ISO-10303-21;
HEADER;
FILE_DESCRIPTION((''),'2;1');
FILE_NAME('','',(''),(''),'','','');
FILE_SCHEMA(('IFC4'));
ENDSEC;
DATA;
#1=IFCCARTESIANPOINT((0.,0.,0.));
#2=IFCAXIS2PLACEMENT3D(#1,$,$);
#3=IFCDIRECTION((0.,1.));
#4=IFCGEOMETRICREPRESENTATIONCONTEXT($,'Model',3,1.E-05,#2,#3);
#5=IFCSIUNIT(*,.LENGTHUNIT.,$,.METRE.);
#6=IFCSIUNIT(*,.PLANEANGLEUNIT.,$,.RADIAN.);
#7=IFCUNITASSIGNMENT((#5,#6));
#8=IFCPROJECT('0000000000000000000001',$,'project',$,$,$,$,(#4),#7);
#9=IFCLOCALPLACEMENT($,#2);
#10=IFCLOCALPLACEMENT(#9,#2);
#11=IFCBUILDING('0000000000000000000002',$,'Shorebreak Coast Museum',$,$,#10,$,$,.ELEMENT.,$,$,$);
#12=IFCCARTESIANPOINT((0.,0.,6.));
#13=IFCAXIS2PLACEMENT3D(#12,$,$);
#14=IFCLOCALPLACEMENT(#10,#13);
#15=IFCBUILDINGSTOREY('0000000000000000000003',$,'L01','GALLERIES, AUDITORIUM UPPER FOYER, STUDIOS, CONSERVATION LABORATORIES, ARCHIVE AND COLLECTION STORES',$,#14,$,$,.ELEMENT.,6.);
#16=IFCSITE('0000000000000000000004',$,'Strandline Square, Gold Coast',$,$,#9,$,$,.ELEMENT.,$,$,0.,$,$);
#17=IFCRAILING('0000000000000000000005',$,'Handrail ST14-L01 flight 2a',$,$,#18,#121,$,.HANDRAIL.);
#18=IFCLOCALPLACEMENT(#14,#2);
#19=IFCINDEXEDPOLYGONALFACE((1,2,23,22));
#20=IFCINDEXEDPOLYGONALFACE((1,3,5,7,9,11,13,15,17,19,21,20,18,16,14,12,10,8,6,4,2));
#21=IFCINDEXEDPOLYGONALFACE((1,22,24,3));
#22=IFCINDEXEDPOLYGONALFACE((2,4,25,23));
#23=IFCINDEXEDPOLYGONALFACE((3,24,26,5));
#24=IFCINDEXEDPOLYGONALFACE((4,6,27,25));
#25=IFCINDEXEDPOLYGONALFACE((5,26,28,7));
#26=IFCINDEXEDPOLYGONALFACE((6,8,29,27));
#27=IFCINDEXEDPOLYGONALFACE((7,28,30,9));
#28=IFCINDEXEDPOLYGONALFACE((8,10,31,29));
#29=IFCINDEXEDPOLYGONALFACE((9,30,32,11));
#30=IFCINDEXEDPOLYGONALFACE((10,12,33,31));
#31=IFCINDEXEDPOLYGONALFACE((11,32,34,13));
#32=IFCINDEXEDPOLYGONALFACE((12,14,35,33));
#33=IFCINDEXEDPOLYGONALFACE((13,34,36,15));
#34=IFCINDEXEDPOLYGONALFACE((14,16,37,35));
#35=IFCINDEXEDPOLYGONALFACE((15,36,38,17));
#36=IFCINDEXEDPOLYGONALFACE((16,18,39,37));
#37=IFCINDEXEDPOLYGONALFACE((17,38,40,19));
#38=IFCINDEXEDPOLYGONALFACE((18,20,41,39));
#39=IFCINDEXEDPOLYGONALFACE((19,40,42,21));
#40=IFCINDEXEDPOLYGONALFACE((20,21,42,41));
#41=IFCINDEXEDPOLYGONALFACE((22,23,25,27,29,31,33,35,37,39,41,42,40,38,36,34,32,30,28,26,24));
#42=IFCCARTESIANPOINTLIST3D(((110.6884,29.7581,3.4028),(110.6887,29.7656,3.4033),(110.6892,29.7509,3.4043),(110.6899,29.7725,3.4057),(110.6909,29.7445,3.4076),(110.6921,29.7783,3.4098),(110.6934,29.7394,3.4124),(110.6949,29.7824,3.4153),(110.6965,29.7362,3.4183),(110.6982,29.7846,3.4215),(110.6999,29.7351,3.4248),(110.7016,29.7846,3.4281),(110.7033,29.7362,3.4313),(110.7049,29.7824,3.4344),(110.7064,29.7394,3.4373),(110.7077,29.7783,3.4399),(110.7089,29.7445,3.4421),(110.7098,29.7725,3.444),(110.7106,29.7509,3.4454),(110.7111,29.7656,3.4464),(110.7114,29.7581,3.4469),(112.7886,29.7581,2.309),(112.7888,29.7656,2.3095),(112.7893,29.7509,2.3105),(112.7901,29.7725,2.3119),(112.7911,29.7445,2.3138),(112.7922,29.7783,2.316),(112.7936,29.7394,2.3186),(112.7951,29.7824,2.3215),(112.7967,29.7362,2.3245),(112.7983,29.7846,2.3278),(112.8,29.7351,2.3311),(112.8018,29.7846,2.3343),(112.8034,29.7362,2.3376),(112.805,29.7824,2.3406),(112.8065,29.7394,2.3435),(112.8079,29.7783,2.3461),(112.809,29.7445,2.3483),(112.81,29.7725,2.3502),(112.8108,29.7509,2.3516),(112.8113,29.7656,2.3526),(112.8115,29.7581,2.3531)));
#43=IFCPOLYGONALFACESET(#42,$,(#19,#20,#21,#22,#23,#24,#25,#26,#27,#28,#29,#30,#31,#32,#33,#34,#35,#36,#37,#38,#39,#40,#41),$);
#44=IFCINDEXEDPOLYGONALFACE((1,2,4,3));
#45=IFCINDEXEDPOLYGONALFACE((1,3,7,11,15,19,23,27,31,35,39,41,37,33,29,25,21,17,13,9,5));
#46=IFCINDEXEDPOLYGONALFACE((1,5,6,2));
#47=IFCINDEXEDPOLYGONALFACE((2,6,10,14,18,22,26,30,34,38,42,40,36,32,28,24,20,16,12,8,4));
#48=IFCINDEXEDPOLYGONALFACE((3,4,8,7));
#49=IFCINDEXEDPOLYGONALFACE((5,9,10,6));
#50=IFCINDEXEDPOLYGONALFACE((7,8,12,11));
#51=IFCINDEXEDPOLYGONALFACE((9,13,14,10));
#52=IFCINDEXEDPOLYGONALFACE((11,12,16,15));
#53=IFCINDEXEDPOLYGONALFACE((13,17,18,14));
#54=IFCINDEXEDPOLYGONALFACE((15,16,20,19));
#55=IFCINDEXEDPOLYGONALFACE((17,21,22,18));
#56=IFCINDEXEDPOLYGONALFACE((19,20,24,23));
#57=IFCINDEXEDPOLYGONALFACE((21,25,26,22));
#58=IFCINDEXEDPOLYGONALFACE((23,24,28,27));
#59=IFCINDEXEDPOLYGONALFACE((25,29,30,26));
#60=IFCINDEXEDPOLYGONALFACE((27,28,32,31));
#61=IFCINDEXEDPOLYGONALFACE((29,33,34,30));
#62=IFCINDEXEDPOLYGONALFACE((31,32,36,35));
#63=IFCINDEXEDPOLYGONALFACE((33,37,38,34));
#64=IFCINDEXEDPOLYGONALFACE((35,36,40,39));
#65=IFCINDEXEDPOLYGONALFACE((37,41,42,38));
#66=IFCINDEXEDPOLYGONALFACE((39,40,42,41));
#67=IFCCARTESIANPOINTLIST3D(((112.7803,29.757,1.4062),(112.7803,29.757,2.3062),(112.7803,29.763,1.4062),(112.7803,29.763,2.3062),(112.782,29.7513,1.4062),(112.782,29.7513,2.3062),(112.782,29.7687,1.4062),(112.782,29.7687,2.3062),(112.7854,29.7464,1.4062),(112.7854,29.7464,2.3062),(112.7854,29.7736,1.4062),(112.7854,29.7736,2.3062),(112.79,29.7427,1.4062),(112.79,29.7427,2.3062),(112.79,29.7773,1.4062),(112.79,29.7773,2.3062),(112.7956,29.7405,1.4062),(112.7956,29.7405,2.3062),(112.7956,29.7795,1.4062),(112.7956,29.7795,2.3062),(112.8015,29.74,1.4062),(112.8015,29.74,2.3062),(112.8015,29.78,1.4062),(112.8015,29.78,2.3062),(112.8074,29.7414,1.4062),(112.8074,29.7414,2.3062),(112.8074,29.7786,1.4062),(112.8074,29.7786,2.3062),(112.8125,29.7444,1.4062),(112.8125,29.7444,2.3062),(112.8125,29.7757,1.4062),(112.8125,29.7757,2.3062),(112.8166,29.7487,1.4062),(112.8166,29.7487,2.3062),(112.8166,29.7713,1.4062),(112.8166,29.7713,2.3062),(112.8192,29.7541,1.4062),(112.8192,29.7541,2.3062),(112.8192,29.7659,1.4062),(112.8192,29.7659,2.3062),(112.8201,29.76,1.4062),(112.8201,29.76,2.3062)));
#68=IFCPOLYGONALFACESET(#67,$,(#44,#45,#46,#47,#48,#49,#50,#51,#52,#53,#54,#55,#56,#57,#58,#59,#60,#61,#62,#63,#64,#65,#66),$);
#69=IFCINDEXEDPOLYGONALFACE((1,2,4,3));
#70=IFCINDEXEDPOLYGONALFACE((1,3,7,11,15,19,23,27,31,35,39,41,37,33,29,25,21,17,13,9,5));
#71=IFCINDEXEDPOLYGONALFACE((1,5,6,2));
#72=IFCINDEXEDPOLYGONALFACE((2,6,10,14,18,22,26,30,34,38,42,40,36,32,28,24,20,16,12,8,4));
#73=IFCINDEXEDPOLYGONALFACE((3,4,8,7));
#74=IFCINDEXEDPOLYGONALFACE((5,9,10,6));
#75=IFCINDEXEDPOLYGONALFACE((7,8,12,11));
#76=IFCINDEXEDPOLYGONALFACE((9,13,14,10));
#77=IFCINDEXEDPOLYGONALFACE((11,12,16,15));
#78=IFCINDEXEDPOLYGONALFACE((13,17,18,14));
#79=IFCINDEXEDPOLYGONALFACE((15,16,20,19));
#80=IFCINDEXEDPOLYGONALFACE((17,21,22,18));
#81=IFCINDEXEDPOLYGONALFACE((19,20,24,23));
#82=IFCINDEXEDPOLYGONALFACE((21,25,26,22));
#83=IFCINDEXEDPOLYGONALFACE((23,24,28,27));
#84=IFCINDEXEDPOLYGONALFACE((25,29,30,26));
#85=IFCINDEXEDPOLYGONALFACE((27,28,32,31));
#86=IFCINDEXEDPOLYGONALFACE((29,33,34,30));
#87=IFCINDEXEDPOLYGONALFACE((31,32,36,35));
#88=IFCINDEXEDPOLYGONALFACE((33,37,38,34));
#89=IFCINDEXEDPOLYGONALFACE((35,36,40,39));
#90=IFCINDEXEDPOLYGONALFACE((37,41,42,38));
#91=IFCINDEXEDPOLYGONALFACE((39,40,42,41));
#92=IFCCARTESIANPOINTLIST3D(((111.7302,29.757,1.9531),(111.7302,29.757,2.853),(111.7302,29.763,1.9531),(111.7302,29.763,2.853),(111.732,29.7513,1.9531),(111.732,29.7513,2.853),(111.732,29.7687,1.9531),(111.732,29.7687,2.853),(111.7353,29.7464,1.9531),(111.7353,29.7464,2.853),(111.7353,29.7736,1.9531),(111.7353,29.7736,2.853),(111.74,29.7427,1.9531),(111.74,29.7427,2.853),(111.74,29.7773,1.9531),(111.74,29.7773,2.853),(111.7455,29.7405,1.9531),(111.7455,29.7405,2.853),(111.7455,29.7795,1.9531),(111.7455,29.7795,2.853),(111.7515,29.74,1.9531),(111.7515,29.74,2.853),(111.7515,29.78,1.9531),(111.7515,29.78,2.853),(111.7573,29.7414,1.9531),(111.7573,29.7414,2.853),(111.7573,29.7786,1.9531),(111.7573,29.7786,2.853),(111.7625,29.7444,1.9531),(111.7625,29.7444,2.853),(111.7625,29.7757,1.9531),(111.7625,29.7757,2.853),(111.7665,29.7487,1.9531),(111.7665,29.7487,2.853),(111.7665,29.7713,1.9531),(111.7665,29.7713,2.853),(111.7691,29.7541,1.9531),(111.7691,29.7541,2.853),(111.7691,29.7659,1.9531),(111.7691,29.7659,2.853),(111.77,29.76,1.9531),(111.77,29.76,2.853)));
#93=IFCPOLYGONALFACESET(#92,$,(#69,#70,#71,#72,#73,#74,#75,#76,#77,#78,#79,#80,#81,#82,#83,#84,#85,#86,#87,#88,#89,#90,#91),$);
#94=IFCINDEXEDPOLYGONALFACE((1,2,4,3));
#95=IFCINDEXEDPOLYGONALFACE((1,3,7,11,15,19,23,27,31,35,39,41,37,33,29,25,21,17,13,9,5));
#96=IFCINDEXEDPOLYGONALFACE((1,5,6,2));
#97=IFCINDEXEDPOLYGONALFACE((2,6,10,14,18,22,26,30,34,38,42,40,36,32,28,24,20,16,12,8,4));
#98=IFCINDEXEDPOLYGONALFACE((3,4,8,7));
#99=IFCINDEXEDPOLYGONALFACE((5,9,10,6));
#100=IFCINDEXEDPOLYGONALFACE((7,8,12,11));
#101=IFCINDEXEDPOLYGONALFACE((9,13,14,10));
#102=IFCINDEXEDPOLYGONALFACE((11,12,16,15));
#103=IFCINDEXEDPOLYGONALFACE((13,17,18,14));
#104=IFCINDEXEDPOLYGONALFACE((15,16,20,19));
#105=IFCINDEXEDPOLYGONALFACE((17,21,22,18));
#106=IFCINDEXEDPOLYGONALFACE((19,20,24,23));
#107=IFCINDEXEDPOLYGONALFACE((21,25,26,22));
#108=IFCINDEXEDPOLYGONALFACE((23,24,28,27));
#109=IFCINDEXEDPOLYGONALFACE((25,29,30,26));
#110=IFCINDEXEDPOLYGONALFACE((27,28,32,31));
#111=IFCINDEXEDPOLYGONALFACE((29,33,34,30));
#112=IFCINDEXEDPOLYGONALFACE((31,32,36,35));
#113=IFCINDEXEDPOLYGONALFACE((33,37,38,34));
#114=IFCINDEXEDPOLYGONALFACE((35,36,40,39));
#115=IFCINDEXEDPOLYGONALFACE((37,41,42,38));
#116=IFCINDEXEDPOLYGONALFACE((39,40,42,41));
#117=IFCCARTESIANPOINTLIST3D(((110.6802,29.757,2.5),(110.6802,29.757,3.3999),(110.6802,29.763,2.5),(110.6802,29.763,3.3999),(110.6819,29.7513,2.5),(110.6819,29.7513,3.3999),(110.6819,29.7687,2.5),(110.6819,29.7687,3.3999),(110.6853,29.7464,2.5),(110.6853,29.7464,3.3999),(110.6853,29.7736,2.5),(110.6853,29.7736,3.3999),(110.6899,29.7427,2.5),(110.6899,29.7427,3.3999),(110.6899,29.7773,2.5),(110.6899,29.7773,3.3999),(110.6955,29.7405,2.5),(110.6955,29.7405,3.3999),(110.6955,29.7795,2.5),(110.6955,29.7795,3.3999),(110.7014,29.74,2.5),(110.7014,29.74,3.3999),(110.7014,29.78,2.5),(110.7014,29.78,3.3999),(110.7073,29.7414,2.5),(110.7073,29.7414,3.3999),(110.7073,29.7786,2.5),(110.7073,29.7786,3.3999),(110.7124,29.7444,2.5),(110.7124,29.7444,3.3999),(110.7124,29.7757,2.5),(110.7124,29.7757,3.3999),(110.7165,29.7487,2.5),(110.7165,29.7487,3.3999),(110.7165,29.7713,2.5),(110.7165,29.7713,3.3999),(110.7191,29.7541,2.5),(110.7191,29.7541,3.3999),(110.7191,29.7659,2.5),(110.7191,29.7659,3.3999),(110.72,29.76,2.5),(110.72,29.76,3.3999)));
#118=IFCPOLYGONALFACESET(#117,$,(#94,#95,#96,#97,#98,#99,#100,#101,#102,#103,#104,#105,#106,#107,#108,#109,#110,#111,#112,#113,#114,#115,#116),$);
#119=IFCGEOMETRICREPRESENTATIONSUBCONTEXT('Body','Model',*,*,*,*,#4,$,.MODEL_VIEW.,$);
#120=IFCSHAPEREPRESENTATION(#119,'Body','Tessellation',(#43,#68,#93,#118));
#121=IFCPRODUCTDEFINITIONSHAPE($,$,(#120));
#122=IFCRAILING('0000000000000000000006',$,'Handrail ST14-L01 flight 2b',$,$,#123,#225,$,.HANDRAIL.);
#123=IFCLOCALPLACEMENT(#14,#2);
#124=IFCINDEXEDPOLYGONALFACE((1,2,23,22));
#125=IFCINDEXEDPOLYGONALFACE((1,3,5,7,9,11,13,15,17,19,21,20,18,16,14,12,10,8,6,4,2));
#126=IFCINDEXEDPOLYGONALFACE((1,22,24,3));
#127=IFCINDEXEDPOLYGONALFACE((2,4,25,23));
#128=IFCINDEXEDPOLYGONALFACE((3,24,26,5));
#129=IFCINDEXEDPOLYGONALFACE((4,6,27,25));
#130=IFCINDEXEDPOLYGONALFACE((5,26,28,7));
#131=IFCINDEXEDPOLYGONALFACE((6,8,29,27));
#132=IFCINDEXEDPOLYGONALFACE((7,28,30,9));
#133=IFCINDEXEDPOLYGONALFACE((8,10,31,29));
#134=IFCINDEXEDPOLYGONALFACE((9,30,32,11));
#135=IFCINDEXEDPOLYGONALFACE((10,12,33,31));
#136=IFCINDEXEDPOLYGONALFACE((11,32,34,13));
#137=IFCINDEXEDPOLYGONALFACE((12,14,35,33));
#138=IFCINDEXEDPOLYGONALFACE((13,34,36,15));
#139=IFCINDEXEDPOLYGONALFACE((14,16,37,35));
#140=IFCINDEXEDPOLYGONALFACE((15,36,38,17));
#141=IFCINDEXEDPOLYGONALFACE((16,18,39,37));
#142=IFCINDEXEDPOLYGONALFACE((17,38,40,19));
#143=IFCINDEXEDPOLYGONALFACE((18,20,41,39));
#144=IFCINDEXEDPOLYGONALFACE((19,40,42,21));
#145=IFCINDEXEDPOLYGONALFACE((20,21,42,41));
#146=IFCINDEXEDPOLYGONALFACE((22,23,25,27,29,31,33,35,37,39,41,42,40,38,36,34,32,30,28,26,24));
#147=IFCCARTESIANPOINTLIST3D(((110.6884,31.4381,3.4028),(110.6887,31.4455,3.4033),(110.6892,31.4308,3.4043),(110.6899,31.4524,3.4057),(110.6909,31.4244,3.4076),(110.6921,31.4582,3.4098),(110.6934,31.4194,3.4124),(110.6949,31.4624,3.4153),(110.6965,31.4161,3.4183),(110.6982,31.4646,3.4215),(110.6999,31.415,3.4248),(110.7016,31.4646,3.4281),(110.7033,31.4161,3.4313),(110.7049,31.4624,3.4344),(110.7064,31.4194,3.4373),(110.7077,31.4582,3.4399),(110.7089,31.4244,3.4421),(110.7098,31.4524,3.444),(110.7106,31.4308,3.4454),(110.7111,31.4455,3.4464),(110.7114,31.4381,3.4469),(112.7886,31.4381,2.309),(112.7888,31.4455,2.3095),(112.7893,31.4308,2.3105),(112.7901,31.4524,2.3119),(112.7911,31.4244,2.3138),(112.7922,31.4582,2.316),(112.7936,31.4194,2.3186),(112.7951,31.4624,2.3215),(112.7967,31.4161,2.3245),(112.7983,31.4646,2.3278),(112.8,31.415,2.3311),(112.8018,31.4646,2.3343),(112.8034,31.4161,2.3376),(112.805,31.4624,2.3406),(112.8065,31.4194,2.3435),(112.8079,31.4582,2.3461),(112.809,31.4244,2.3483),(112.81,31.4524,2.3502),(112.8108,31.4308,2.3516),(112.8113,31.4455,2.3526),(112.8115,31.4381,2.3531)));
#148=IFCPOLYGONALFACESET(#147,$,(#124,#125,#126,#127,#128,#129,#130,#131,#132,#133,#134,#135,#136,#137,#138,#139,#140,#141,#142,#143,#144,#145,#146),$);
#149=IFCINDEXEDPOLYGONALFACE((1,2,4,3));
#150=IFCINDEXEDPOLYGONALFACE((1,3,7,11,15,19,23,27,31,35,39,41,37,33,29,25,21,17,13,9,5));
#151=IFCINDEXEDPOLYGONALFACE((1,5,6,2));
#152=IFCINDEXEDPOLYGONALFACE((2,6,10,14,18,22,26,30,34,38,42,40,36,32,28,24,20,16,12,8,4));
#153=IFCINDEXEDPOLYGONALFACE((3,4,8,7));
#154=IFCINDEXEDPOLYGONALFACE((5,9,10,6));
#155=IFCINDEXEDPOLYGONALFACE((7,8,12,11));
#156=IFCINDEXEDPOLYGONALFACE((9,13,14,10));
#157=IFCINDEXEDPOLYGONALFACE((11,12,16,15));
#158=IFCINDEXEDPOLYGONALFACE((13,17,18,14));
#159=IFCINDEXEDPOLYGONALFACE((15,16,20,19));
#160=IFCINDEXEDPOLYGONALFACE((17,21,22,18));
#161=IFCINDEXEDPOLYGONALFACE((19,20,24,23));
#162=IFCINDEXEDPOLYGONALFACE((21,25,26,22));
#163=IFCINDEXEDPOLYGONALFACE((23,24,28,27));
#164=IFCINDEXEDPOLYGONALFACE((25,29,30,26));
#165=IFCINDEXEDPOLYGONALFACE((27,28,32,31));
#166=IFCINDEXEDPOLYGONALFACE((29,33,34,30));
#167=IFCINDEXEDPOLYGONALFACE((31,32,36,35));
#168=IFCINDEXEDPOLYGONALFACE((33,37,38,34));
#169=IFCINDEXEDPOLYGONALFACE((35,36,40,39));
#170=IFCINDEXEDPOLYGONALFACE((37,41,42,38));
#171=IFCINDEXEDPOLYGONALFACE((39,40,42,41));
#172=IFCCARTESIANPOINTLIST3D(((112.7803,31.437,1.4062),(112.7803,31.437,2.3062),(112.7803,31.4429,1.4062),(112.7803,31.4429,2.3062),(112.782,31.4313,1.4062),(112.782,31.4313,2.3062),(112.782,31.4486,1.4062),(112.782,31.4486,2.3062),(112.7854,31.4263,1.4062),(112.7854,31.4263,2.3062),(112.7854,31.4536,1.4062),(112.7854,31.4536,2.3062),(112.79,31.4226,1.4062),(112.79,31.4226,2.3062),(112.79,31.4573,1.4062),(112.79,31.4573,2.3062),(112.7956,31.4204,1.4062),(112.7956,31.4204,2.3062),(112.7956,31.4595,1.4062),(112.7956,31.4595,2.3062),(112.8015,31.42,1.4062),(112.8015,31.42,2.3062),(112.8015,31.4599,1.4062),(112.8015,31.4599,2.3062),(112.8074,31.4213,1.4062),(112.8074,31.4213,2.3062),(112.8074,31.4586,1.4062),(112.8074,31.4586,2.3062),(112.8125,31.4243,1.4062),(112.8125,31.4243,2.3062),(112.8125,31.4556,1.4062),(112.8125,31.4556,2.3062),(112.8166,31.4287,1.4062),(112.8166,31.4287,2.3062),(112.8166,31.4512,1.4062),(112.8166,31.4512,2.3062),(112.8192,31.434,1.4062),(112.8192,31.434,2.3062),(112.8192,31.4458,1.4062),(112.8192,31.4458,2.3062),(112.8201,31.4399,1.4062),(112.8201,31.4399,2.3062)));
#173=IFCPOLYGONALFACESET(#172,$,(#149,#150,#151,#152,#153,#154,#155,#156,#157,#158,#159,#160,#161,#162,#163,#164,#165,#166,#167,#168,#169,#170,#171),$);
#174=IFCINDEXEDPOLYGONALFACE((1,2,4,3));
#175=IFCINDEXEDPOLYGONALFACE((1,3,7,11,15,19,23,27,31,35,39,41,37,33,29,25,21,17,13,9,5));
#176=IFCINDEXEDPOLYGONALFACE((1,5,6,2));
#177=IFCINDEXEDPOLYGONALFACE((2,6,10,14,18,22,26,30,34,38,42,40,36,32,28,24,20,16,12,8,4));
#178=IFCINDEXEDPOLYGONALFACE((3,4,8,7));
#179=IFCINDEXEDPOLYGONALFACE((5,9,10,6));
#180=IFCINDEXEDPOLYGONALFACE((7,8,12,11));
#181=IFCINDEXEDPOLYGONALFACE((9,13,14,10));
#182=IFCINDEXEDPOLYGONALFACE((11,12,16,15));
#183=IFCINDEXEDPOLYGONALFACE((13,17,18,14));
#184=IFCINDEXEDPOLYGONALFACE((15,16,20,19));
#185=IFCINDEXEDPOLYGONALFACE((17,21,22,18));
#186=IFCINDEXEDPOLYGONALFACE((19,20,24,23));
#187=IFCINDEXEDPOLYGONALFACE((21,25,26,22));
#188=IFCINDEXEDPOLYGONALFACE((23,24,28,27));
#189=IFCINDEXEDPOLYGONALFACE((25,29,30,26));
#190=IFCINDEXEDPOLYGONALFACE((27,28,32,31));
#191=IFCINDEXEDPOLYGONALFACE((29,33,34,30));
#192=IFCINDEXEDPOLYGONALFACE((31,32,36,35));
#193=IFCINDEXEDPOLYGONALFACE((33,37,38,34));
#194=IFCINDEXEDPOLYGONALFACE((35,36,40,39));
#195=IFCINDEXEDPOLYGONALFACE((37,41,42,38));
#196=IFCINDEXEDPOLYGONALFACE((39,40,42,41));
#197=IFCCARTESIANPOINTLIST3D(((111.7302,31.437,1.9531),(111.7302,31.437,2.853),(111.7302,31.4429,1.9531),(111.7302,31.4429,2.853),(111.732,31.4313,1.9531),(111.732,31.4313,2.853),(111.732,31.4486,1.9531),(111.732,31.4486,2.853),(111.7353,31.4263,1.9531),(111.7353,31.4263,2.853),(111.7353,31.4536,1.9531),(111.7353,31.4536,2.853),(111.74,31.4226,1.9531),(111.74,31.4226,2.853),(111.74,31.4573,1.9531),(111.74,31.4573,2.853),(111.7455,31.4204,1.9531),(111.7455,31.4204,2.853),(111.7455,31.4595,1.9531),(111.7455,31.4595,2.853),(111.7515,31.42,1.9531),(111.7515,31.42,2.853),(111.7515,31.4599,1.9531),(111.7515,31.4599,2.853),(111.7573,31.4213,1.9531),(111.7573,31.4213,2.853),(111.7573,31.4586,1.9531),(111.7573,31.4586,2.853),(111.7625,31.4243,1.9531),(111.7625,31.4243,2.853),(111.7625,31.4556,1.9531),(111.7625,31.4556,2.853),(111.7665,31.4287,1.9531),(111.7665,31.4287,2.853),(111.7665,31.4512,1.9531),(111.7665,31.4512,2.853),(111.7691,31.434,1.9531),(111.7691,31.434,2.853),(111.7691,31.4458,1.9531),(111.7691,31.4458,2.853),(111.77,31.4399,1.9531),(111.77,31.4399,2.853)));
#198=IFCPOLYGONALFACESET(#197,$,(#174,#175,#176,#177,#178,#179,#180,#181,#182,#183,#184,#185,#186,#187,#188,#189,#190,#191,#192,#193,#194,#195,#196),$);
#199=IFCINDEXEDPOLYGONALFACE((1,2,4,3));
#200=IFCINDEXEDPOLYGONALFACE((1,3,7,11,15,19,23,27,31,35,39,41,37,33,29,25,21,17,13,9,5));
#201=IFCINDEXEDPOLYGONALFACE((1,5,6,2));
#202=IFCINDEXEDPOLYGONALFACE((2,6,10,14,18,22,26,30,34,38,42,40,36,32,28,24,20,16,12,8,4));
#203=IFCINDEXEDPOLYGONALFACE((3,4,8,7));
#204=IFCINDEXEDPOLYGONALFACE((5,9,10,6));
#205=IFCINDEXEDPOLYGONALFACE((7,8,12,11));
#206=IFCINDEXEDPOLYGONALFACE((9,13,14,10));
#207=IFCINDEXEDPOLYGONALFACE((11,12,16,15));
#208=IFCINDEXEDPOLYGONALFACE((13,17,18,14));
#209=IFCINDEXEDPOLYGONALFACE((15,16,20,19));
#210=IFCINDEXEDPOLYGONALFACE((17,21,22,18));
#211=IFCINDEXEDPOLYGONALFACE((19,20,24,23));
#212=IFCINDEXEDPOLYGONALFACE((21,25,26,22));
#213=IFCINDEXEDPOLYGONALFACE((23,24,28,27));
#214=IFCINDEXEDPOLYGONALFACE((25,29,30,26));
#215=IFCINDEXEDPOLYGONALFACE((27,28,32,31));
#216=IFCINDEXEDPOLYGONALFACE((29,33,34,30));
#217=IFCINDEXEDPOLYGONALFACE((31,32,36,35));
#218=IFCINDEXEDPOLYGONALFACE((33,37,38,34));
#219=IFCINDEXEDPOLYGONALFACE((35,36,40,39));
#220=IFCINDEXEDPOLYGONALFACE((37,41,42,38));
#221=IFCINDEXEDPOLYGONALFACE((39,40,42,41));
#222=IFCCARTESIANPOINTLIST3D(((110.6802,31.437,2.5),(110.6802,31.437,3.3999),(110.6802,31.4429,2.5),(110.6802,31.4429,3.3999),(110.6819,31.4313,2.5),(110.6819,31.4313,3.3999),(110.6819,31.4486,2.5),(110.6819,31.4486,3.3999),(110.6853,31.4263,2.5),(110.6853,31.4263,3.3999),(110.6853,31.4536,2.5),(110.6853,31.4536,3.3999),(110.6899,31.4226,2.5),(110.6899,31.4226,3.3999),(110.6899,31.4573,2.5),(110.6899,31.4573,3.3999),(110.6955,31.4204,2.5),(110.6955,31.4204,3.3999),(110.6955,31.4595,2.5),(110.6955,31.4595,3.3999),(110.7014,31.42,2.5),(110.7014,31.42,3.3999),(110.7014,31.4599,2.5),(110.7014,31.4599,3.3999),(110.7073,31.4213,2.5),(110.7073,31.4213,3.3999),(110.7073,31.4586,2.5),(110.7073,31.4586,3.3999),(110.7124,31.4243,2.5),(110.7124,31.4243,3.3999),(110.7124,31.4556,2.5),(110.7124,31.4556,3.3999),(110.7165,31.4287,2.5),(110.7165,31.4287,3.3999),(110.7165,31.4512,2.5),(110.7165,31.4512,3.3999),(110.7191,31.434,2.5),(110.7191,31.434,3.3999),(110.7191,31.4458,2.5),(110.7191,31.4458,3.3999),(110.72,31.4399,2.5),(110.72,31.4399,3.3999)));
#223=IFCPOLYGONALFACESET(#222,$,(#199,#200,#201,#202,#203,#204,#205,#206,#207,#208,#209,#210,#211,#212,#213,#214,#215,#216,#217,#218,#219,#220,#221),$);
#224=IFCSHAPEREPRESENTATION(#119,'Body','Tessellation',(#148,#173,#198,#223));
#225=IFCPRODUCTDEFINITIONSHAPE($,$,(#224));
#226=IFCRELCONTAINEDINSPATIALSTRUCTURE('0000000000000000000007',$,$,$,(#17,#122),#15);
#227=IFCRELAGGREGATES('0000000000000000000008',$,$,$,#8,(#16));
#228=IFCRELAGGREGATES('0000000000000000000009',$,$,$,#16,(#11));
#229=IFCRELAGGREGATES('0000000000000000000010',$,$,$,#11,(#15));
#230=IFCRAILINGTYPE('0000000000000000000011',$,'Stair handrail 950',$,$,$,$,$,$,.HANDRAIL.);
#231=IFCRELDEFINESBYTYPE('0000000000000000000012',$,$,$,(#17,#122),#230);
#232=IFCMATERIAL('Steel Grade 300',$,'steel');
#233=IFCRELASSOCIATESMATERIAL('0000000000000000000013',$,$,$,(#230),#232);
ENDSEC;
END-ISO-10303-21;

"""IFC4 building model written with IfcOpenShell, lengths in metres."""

from ifc_helpers import new_model, si_unit, direction, frame, origin, origin_2d, place, context, subcontext, project, spatial, circle, extrude, material, type_object, element, save


model = new_model("IFC4")

# Units and contexts
model_context = context("Model", 3, precision=1e-05, world=origin(), true_north=direction((0.0, 1.0)))
body_context = subcontext(model_context, "Body", "Model", "MODEL_VIEW")
ifc_project = project(units=[si_unit("LENGTHUNIT", "METRE"), si_unit("PLANEANGLEUNIT", "RADIAN")], contexts=[model_context])

# Site, building, storey
site_placement = place(None, origin())
site = spatial("IfcSite", under=ifc_project, at=site_placement, Name="Strandline Square, Gold Coast", CompositionType="ELEMENT", RefElevation=0.0)
building_placement = place(site_placement, origin())
building = spatial("IfcBuilding", under=site, at=building_placement, Name="Shorebreak Coast Museum", CompositionType="ELEMENT")
storey_placement = place(building_placement, frame((0.0, 0.0, 6.0)))
storey = spatial("IfcBuildingStorey", under=building, at=storey_placement, Name="L01", Description="GALLERIES, AUDITORIUM UPPER FOYER, STUDIOS, CONSERVATION LABORATORIES, ARCHIVE AND COLLECTION STORES", CompositionType="ELEMENT", Elevation=6.0)

# Railings
ifc_material_1 = material(Name="Steel Grade 300", Category="steel")
railing_type_1 = type_object("IfcRailingType", Name="Stair handrail 950", PredefinedType="HANDRAIL", material=ifc_material_1)
for number, where, name in (
    (1, (112.8, 29.76, 1.4062), "Handrail ST14-L01 flight 2a"),
    (2, (112.8, 31.4399, 1.4062), "Handrail ST14-L01 flight 2b"),
):
    element("IfcRailing", number, at=place(storey_placement, frame(where)), inside=storey, type_object=railing_type_1, Name=name, PredefinedType="HANDRAIL", context=body_context, shape_type="SweptSolid", body=[
        extrude(circle(Radius=0.0249, at=origin_2d()), frame((0.0, 0.0, 0.9248), z_axis=(-0.886923, 0.0, 0.461918), x_axis=(0.0, -1.0, 0.0)), (0.0, 0.0, 1.0), 2.3679),
        extrude(circle(Radius=0.02, at=origin_2d()), origin(), (0.0, 0.0, 1.0), 0.8999),
        extrude(circle(Radius=0.02, at=origin_2d()), frame((-1.05, 0.0, 0.5469)), (0.0, 0.0, 1.0), 0.8999),
        extrude(circle(Radius=0.02, at=origin_2d()), frame((-2.1001, 0.0, 1.0938)), (0.0, 0.0, 1.0), 0.8999),
    ])

save(model, "model.ifc")
